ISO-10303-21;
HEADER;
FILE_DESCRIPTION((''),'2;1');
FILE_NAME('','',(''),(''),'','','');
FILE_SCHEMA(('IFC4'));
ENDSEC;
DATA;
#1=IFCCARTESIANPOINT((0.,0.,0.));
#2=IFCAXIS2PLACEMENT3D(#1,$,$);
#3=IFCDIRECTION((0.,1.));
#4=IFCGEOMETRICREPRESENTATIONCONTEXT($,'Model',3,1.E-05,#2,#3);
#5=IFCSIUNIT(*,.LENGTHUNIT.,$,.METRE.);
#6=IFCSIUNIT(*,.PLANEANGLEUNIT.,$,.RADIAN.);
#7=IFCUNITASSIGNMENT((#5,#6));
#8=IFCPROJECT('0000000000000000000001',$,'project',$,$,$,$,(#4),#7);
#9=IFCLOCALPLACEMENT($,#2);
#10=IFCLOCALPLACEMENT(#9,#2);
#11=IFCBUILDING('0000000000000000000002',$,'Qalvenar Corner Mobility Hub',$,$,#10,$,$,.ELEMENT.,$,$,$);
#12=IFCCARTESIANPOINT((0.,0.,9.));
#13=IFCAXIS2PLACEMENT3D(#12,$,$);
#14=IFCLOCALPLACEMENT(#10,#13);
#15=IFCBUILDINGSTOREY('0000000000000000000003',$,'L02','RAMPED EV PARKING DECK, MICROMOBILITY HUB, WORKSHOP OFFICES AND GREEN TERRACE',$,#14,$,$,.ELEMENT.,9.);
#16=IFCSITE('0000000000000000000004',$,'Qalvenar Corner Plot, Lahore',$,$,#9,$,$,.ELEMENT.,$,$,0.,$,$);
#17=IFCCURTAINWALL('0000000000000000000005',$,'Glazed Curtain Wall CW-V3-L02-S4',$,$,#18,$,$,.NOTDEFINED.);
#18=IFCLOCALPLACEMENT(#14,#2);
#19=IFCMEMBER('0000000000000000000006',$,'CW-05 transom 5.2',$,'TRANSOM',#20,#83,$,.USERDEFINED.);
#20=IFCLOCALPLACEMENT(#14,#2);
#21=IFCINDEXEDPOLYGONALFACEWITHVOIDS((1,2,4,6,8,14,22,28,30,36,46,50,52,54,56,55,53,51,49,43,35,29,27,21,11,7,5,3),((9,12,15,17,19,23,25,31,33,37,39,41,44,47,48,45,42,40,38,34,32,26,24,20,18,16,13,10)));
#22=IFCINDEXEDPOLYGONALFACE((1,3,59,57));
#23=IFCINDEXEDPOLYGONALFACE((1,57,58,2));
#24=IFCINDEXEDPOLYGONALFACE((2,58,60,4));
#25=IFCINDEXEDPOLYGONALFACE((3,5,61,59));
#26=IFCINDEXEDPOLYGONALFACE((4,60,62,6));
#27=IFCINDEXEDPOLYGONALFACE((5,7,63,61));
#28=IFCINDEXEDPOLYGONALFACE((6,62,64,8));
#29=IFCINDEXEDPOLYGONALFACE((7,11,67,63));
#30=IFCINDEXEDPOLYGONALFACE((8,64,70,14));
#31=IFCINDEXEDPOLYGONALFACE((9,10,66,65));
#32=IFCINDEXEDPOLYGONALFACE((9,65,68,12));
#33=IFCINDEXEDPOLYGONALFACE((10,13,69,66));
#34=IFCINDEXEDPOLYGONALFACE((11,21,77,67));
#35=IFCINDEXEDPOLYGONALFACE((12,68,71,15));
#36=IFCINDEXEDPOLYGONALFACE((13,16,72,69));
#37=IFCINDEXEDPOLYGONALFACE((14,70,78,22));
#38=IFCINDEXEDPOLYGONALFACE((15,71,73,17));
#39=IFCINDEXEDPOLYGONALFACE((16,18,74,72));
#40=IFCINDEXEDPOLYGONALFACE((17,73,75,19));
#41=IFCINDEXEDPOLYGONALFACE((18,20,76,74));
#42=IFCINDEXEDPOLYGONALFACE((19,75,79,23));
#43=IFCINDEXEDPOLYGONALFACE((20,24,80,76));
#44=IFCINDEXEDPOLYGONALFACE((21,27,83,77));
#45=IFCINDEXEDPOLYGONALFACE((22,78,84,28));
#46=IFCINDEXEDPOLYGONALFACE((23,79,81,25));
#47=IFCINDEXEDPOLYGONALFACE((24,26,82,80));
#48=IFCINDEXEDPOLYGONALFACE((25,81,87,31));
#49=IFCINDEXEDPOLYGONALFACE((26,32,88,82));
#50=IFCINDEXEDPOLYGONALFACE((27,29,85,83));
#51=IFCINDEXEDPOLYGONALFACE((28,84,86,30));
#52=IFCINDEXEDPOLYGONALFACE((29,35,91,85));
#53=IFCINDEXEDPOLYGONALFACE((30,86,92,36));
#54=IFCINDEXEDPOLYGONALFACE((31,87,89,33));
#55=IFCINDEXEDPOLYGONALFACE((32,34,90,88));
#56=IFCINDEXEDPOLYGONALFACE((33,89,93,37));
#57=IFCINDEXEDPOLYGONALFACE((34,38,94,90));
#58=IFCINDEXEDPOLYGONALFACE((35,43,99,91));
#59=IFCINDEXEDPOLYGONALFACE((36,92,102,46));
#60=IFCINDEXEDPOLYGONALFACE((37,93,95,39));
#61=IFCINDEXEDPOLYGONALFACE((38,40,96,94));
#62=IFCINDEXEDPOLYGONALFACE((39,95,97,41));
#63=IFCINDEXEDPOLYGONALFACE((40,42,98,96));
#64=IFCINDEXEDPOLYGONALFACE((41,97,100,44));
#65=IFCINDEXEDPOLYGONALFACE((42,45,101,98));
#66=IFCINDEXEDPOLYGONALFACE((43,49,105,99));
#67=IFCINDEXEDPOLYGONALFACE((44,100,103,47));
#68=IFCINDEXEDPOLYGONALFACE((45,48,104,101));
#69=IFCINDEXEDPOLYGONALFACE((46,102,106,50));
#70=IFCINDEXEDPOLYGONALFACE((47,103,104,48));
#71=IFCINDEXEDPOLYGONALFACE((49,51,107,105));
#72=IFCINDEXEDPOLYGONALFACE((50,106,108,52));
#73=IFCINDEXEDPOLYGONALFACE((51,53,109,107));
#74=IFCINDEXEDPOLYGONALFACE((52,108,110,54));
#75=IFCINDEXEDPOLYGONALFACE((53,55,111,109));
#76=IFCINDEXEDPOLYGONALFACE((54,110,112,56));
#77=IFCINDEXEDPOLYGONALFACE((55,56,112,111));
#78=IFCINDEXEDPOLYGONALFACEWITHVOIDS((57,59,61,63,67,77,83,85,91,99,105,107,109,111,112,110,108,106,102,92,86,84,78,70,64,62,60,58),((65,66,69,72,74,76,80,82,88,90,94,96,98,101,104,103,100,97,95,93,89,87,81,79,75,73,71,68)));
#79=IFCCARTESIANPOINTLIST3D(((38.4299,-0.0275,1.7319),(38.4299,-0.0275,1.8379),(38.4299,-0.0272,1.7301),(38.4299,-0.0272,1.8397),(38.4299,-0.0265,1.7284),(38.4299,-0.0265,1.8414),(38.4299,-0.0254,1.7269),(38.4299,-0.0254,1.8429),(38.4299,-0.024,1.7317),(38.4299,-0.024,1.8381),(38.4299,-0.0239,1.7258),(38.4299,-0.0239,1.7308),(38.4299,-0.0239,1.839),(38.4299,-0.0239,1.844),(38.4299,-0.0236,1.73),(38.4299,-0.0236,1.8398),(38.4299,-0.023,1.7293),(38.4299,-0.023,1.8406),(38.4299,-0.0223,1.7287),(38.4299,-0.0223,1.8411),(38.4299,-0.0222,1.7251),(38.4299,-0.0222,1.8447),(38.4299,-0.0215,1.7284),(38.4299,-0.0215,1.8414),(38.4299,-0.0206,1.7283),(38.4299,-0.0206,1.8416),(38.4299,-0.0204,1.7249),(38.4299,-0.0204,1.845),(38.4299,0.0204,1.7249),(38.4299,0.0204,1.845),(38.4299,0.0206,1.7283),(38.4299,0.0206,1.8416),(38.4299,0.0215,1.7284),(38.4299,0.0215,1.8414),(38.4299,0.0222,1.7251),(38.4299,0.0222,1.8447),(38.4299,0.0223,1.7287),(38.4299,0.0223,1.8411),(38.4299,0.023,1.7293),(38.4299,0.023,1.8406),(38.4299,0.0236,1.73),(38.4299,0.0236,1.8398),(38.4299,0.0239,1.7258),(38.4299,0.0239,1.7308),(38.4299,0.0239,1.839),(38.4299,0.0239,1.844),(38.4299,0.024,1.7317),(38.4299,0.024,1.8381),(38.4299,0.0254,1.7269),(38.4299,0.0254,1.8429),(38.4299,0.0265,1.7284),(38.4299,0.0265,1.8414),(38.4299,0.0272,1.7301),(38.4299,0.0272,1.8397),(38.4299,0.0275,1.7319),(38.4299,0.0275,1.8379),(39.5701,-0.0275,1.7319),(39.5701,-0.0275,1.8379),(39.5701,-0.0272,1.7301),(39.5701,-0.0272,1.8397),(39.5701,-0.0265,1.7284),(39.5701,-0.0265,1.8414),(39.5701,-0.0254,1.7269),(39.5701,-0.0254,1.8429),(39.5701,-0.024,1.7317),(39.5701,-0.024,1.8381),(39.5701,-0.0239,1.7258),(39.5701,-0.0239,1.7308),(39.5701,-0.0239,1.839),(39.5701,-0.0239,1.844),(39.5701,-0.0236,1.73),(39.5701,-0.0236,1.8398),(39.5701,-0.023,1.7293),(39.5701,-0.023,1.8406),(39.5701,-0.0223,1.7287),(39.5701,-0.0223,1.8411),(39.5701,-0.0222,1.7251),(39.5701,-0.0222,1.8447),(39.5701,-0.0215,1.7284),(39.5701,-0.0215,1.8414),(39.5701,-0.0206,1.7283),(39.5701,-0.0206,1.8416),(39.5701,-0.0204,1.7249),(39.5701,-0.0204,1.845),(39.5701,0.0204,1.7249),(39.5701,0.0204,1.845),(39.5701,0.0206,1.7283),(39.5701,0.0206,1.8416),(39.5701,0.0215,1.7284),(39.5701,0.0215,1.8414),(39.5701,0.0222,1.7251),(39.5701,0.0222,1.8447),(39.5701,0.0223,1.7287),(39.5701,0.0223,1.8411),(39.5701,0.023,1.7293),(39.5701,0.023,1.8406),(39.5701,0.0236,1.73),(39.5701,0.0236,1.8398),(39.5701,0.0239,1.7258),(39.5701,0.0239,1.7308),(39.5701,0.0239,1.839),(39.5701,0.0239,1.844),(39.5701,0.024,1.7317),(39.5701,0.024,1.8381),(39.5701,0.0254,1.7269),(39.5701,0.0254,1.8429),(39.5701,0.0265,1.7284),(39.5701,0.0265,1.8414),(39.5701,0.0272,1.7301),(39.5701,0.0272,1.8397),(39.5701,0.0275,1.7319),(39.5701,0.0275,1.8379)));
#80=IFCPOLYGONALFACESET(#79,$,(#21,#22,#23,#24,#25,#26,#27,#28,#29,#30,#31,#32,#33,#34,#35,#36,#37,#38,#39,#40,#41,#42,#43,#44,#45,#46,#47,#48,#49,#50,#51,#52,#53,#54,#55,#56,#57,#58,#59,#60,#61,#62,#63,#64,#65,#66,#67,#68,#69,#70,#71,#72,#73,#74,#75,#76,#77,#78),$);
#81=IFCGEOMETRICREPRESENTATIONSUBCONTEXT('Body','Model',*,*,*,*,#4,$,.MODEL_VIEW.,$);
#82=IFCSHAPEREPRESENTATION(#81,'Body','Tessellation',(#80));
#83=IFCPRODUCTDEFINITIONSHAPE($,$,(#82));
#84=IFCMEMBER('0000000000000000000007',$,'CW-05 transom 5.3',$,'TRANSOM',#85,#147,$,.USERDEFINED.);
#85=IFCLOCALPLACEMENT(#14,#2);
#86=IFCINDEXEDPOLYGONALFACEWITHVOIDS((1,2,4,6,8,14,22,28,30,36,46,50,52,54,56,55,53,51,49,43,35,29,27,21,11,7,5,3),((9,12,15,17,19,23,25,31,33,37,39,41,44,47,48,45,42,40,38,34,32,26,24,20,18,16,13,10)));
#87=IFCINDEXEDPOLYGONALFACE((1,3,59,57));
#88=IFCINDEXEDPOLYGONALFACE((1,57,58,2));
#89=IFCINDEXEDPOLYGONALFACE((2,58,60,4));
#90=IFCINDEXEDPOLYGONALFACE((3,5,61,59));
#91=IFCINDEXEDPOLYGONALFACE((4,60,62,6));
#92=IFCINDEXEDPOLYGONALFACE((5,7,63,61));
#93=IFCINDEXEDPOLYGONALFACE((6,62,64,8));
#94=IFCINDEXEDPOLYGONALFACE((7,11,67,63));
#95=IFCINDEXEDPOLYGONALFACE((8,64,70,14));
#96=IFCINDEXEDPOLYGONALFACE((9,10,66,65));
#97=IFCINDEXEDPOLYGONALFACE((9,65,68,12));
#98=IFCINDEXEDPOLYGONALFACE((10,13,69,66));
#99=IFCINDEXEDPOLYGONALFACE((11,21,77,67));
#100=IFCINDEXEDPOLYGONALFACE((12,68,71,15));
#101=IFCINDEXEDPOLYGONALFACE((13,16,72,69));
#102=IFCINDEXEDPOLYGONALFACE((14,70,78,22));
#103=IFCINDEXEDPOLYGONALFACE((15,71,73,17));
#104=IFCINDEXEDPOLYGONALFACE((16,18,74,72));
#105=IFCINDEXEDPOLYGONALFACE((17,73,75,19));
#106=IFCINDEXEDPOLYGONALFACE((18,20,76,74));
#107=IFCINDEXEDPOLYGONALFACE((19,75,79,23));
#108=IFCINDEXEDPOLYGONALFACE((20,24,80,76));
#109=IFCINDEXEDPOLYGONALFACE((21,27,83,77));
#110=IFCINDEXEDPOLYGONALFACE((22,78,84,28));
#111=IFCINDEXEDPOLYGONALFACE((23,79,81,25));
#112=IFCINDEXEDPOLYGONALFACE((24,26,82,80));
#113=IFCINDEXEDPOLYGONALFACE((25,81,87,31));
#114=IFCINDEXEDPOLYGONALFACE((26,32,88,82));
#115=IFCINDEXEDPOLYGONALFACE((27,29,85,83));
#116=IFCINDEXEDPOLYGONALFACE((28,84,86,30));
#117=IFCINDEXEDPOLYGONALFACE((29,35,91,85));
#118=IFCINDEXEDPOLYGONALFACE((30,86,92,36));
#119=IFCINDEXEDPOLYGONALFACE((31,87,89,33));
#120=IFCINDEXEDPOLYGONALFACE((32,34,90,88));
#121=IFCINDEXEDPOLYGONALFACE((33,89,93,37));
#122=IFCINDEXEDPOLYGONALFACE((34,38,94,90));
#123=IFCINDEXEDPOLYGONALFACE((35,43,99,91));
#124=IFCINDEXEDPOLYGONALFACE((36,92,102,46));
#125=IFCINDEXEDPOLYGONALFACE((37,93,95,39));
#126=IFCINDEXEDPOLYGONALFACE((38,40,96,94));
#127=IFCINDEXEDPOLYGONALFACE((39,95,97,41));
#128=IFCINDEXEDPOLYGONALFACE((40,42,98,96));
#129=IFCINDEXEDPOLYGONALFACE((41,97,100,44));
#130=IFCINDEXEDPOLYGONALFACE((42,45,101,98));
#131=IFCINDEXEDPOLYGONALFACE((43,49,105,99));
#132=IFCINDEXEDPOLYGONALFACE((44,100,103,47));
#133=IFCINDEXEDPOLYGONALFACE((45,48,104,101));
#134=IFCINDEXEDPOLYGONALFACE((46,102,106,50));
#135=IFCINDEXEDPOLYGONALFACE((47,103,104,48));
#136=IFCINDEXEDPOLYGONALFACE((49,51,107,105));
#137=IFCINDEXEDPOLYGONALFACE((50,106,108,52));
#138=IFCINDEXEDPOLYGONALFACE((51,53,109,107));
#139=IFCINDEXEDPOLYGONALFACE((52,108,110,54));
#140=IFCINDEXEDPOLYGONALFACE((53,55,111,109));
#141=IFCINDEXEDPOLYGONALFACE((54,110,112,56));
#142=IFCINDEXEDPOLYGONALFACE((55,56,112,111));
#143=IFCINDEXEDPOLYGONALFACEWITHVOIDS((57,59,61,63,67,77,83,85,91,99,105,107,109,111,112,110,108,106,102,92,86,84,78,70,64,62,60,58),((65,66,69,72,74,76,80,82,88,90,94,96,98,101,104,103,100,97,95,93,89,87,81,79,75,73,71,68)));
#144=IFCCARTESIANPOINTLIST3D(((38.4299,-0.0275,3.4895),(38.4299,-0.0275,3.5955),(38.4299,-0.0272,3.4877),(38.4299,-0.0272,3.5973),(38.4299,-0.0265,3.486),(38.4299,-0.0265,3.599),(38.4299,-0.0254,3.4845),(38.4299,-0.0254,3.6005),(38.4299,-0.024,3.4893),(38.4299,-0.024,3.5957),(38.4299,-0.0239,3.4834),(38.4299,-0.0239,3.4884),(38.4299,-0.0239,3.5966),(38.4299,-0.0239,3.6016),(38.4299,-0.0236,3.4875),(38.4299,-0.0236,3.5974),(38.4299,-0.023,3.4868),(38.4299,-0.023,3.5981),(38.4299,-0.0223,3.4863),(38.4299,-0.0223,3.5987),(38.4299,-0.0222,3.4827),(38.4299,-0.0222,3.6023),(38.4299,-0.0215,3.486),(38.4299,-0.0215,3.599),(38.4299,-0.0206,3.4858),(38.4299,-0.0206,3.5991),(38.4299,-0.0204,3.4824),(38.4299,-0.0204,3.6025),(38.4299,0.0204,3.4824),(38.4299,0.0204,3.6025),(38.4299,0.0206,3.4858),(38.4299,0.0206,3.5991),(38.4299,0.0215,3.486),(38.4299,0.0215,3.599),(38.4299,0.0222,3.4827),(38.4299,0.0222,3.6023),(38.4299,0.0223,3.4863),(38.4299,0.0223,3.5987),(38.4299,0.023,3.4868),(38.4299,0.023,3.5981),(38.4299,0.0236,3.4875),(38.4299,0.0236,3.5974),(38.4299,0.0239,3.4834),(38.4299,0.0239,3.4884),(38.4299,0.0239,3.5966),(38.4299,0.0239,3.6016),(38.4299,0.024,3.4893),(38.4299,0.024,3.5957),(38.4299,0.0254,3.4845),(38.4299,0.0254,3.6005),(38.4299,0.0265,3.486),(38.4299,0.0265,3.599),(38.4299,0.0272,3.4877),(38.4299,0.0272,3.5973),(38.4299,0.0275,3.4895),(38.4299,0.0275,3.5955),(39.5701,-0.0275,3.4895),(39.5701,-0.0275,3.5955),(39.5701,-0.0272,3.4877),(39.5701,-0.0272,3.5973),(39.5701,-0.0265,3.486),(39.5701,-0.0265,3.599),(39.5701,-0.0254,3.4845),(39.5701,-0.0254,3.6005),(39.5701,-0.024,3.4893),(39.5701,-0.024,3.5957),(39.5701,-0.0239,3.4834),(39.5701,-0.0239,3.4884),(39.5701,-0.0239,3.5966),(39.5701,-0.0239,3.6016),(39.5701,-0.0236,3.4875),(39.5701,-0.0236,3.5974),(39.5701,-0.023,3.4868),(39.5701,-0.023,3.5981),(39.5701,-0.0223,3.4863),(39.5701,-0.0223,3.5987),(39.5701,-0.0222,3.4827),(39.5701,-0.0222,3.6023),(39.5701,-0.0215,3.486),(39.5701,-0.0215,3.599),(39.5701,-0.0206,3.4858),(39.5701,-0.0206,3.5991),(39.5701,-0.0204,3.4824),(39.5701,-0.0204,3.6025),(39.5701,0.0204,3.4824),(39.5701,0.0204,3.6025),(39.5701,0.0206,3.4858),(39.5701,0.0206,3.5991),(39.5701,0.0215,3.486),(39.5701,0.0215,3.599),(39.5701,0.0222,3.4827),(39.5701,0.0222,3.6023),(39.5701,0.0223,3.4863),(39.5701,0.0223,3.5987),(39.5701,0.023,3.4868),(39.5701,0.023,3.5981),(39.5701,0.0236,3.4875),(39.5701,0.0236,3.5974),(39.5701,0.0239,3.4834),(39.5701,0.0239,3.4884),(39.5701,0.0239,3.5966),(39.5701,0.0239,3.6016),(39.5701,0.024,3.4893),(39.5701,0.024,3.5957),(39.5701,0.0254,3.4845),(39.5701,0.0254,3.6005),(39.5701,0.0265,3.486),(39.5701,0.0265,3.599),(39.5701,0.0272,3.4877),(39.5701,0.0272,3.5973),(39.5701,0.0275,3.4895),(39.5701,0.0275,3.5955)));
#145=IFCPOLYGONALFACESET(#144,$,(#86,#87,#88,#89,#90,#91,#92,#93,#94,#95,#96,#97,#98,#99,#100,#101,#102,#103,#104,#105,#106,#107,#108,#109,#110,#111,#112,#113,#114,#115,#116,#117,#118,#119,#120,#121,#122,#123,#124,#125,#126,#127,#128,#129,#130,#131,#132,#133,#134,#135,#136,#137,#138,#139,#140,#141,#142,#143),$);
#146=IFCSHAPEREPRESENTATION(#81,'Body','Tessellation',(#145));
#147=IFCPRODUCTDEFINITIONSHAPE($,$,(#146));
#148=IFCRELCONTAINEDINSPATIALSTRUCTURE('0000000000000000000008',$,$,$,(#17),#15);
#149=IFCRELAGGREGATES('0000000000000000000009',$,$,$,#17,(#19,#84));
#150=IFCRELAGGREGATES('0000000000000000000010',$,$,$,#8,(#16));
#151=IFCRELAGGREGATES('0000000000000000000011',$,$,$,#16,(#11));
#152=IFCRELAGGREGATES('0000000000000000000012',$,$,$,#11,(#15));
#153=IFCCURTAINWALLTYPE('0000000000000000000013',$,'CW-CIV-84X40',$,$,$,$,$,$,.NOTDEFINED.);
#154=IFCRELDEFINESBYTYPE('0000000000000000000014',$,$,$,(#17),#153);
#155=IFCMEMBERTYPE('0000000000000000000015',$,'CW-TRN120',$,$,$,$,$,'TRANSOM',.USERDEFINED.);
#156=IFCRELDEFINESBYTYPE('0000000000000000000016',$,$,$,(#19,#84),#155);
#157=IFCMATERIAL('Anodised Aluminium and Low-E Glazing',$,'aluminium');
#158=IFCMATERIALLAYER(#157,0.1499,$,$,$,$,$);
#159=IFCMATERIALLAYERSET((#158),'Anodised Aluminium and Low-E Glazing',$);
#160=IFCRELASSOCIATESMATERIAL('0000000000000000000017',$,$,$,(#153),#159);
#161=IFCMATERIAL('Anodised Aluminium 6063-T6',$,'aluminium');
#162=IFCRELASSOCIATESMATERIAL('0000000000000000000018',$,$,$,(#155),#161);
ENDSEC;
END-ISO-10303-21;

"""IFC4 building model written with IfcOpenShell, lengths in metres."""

from ifc_helpers import new_model, si_unit, direction, frame, origin, origin_2d, place, context, subcontext, project, spatial, hollow_rectangle, extrude, material, layer, layer_set, material_profile, profile_set, type_object, element, aggregate, save


model = new_model("IFC4")

# Units and contexts
model_context = context("Model", 3, precision=1e-05, world=origin(), true_north=direction((0.0, 1.0)))
body_context = subcontext(model_context, "Body", "Model", "MODEL_VIEW")
ifc_project = project(units=[si_unit("LENGTHUNIT", "METRE"), si_unit("PLANEANGLEUNIT", "RADIAN")], contexts=[model_context])

# Site, building, storey
site_placement = place(None, origin())
site = spatial("IfcSite", under=ifc_project, at=site_placement, Name="Qalvenar Corner Plot, Lahore", CompositionType="ELEMENT", RefElevation=0.0)
building_placement = place(site_placement, origin())
building = spatial("IfcBuilding", under=site, at=building_placement, Name="Qalvenar Corner Mobility Hub", CompositionType="ELEMENT")
storey_placement = place(building_placement, frame((0.0, 0.0, 9.0)))
storey = spatial("IfcBuildingStorey", under=building, at=storey_placement, Name="L02", Description="RAMPED EV PARKING DECK, MICROMOBILITY HUB, WORKSHOP OFFICES AND GREEN TERRACE", CompositionType="ELEMENT", Elevation=9.0)

# Curtain wall, members
ifc_material_1 = material(Name="Anodised Aluminium and Low-E Glazing", Category="aluminium")
ifc_layer_1 = layer(ifc_material_1, 0.1499)
ifc_layer_set_1 = layer_set([ifc_layer_1], Name="Anodised Aluminium and Low-E Glazing")
curtain_wall_type = type_object("IfcCurtainWallType", Name="CW-CIV-84X40", PredefinedType="NOTDEFINED", material=ifc_layer_set_1)
curtain_wall_placement = place(storey_placement, origin())
curtain_wall = element("IfcCurtainWall", 1, at=curtain_wall_placement, inside=storey, type_object=curtain_wall_type, Name="Glazed Curtain Wall CW-V3-L02-S4", PredefinedType="NOTDEFINED")
ifc_material_2 = material(Name="Anodised Aluminium 6063-T6", Category="aluminium")
ifc_material_profile_1 = material_profile(ifc_material_2, hollow_rectangle(XDim=0.0549, YDim=0.1201, WallThickness=0.0034, InnerFilletRadius=0.0034, OuterFilletRadius=0.0071, at=origin_2d()), Name="RHS120x55x3.5")
ifc_profile_set_1 = profile_set([ifc_material_profile_1], Name="Anodised Aluminium 6063-T6")
member_type_1 = type_object("IfcMemberType", Name="CW-TRN120", ElementType="TRANSOM", PredefinedType="USERDEFINED", material=ifc_profile_set_1)
member_1_placement = place(storey_placement, frame((38.4299, 0.0, 1.7849), z_axis=(1.0, 0.0, 0.0), x_axis=(0.0, 1.0, 0.0)))
member_1 = element("IfcMember", 2, at=member_1_placement, type_object=member_type_1, Name="CW-05 transom 5.2", ObjectType="TRANSOM", PredefinedType="USERDEFINED", context=body_context, shape_type="SweptSolid", body=[
    extrude(hollow_rectangle(XDim=0.0549, YDim=0.1201, WallThickness=0.0034, InnerFilletRadius=0.0034, OuterFilletRadius=0.0071, at=origin_2d()), origin(), (0.0, 0.0, 1.0), 1.1401),
])
member_2_placement = place(storey_placement, frame((38.4299, 0.0, 3.5425), z_axis=(1.0, 0.0, 0.0), x_axis=(0.0, 1.0, 0.0)))
member_2 = element("IfcMember", 3, at=member_2_placement, type_object=member_type_1, Name="CW-05 transom 5.3", ObjectType="TRANSOM", PredefinedType="USERDEFINED", context=body_context, shape_type="SweptSolid", body=[
    extrude(hollow_rectangle(XDim=0.0549, YDim=0.1201, WallThickness=0.0034, InnerFilletRadius=0.0034, OuterFilletRadius=0.0071, at=origin_2d()), origin(), (0.0, 0.0, 1.0), 1.1401),
])
aggregate(curtain_wall, [member_1, member_2])

save(model, "model.ifc")
